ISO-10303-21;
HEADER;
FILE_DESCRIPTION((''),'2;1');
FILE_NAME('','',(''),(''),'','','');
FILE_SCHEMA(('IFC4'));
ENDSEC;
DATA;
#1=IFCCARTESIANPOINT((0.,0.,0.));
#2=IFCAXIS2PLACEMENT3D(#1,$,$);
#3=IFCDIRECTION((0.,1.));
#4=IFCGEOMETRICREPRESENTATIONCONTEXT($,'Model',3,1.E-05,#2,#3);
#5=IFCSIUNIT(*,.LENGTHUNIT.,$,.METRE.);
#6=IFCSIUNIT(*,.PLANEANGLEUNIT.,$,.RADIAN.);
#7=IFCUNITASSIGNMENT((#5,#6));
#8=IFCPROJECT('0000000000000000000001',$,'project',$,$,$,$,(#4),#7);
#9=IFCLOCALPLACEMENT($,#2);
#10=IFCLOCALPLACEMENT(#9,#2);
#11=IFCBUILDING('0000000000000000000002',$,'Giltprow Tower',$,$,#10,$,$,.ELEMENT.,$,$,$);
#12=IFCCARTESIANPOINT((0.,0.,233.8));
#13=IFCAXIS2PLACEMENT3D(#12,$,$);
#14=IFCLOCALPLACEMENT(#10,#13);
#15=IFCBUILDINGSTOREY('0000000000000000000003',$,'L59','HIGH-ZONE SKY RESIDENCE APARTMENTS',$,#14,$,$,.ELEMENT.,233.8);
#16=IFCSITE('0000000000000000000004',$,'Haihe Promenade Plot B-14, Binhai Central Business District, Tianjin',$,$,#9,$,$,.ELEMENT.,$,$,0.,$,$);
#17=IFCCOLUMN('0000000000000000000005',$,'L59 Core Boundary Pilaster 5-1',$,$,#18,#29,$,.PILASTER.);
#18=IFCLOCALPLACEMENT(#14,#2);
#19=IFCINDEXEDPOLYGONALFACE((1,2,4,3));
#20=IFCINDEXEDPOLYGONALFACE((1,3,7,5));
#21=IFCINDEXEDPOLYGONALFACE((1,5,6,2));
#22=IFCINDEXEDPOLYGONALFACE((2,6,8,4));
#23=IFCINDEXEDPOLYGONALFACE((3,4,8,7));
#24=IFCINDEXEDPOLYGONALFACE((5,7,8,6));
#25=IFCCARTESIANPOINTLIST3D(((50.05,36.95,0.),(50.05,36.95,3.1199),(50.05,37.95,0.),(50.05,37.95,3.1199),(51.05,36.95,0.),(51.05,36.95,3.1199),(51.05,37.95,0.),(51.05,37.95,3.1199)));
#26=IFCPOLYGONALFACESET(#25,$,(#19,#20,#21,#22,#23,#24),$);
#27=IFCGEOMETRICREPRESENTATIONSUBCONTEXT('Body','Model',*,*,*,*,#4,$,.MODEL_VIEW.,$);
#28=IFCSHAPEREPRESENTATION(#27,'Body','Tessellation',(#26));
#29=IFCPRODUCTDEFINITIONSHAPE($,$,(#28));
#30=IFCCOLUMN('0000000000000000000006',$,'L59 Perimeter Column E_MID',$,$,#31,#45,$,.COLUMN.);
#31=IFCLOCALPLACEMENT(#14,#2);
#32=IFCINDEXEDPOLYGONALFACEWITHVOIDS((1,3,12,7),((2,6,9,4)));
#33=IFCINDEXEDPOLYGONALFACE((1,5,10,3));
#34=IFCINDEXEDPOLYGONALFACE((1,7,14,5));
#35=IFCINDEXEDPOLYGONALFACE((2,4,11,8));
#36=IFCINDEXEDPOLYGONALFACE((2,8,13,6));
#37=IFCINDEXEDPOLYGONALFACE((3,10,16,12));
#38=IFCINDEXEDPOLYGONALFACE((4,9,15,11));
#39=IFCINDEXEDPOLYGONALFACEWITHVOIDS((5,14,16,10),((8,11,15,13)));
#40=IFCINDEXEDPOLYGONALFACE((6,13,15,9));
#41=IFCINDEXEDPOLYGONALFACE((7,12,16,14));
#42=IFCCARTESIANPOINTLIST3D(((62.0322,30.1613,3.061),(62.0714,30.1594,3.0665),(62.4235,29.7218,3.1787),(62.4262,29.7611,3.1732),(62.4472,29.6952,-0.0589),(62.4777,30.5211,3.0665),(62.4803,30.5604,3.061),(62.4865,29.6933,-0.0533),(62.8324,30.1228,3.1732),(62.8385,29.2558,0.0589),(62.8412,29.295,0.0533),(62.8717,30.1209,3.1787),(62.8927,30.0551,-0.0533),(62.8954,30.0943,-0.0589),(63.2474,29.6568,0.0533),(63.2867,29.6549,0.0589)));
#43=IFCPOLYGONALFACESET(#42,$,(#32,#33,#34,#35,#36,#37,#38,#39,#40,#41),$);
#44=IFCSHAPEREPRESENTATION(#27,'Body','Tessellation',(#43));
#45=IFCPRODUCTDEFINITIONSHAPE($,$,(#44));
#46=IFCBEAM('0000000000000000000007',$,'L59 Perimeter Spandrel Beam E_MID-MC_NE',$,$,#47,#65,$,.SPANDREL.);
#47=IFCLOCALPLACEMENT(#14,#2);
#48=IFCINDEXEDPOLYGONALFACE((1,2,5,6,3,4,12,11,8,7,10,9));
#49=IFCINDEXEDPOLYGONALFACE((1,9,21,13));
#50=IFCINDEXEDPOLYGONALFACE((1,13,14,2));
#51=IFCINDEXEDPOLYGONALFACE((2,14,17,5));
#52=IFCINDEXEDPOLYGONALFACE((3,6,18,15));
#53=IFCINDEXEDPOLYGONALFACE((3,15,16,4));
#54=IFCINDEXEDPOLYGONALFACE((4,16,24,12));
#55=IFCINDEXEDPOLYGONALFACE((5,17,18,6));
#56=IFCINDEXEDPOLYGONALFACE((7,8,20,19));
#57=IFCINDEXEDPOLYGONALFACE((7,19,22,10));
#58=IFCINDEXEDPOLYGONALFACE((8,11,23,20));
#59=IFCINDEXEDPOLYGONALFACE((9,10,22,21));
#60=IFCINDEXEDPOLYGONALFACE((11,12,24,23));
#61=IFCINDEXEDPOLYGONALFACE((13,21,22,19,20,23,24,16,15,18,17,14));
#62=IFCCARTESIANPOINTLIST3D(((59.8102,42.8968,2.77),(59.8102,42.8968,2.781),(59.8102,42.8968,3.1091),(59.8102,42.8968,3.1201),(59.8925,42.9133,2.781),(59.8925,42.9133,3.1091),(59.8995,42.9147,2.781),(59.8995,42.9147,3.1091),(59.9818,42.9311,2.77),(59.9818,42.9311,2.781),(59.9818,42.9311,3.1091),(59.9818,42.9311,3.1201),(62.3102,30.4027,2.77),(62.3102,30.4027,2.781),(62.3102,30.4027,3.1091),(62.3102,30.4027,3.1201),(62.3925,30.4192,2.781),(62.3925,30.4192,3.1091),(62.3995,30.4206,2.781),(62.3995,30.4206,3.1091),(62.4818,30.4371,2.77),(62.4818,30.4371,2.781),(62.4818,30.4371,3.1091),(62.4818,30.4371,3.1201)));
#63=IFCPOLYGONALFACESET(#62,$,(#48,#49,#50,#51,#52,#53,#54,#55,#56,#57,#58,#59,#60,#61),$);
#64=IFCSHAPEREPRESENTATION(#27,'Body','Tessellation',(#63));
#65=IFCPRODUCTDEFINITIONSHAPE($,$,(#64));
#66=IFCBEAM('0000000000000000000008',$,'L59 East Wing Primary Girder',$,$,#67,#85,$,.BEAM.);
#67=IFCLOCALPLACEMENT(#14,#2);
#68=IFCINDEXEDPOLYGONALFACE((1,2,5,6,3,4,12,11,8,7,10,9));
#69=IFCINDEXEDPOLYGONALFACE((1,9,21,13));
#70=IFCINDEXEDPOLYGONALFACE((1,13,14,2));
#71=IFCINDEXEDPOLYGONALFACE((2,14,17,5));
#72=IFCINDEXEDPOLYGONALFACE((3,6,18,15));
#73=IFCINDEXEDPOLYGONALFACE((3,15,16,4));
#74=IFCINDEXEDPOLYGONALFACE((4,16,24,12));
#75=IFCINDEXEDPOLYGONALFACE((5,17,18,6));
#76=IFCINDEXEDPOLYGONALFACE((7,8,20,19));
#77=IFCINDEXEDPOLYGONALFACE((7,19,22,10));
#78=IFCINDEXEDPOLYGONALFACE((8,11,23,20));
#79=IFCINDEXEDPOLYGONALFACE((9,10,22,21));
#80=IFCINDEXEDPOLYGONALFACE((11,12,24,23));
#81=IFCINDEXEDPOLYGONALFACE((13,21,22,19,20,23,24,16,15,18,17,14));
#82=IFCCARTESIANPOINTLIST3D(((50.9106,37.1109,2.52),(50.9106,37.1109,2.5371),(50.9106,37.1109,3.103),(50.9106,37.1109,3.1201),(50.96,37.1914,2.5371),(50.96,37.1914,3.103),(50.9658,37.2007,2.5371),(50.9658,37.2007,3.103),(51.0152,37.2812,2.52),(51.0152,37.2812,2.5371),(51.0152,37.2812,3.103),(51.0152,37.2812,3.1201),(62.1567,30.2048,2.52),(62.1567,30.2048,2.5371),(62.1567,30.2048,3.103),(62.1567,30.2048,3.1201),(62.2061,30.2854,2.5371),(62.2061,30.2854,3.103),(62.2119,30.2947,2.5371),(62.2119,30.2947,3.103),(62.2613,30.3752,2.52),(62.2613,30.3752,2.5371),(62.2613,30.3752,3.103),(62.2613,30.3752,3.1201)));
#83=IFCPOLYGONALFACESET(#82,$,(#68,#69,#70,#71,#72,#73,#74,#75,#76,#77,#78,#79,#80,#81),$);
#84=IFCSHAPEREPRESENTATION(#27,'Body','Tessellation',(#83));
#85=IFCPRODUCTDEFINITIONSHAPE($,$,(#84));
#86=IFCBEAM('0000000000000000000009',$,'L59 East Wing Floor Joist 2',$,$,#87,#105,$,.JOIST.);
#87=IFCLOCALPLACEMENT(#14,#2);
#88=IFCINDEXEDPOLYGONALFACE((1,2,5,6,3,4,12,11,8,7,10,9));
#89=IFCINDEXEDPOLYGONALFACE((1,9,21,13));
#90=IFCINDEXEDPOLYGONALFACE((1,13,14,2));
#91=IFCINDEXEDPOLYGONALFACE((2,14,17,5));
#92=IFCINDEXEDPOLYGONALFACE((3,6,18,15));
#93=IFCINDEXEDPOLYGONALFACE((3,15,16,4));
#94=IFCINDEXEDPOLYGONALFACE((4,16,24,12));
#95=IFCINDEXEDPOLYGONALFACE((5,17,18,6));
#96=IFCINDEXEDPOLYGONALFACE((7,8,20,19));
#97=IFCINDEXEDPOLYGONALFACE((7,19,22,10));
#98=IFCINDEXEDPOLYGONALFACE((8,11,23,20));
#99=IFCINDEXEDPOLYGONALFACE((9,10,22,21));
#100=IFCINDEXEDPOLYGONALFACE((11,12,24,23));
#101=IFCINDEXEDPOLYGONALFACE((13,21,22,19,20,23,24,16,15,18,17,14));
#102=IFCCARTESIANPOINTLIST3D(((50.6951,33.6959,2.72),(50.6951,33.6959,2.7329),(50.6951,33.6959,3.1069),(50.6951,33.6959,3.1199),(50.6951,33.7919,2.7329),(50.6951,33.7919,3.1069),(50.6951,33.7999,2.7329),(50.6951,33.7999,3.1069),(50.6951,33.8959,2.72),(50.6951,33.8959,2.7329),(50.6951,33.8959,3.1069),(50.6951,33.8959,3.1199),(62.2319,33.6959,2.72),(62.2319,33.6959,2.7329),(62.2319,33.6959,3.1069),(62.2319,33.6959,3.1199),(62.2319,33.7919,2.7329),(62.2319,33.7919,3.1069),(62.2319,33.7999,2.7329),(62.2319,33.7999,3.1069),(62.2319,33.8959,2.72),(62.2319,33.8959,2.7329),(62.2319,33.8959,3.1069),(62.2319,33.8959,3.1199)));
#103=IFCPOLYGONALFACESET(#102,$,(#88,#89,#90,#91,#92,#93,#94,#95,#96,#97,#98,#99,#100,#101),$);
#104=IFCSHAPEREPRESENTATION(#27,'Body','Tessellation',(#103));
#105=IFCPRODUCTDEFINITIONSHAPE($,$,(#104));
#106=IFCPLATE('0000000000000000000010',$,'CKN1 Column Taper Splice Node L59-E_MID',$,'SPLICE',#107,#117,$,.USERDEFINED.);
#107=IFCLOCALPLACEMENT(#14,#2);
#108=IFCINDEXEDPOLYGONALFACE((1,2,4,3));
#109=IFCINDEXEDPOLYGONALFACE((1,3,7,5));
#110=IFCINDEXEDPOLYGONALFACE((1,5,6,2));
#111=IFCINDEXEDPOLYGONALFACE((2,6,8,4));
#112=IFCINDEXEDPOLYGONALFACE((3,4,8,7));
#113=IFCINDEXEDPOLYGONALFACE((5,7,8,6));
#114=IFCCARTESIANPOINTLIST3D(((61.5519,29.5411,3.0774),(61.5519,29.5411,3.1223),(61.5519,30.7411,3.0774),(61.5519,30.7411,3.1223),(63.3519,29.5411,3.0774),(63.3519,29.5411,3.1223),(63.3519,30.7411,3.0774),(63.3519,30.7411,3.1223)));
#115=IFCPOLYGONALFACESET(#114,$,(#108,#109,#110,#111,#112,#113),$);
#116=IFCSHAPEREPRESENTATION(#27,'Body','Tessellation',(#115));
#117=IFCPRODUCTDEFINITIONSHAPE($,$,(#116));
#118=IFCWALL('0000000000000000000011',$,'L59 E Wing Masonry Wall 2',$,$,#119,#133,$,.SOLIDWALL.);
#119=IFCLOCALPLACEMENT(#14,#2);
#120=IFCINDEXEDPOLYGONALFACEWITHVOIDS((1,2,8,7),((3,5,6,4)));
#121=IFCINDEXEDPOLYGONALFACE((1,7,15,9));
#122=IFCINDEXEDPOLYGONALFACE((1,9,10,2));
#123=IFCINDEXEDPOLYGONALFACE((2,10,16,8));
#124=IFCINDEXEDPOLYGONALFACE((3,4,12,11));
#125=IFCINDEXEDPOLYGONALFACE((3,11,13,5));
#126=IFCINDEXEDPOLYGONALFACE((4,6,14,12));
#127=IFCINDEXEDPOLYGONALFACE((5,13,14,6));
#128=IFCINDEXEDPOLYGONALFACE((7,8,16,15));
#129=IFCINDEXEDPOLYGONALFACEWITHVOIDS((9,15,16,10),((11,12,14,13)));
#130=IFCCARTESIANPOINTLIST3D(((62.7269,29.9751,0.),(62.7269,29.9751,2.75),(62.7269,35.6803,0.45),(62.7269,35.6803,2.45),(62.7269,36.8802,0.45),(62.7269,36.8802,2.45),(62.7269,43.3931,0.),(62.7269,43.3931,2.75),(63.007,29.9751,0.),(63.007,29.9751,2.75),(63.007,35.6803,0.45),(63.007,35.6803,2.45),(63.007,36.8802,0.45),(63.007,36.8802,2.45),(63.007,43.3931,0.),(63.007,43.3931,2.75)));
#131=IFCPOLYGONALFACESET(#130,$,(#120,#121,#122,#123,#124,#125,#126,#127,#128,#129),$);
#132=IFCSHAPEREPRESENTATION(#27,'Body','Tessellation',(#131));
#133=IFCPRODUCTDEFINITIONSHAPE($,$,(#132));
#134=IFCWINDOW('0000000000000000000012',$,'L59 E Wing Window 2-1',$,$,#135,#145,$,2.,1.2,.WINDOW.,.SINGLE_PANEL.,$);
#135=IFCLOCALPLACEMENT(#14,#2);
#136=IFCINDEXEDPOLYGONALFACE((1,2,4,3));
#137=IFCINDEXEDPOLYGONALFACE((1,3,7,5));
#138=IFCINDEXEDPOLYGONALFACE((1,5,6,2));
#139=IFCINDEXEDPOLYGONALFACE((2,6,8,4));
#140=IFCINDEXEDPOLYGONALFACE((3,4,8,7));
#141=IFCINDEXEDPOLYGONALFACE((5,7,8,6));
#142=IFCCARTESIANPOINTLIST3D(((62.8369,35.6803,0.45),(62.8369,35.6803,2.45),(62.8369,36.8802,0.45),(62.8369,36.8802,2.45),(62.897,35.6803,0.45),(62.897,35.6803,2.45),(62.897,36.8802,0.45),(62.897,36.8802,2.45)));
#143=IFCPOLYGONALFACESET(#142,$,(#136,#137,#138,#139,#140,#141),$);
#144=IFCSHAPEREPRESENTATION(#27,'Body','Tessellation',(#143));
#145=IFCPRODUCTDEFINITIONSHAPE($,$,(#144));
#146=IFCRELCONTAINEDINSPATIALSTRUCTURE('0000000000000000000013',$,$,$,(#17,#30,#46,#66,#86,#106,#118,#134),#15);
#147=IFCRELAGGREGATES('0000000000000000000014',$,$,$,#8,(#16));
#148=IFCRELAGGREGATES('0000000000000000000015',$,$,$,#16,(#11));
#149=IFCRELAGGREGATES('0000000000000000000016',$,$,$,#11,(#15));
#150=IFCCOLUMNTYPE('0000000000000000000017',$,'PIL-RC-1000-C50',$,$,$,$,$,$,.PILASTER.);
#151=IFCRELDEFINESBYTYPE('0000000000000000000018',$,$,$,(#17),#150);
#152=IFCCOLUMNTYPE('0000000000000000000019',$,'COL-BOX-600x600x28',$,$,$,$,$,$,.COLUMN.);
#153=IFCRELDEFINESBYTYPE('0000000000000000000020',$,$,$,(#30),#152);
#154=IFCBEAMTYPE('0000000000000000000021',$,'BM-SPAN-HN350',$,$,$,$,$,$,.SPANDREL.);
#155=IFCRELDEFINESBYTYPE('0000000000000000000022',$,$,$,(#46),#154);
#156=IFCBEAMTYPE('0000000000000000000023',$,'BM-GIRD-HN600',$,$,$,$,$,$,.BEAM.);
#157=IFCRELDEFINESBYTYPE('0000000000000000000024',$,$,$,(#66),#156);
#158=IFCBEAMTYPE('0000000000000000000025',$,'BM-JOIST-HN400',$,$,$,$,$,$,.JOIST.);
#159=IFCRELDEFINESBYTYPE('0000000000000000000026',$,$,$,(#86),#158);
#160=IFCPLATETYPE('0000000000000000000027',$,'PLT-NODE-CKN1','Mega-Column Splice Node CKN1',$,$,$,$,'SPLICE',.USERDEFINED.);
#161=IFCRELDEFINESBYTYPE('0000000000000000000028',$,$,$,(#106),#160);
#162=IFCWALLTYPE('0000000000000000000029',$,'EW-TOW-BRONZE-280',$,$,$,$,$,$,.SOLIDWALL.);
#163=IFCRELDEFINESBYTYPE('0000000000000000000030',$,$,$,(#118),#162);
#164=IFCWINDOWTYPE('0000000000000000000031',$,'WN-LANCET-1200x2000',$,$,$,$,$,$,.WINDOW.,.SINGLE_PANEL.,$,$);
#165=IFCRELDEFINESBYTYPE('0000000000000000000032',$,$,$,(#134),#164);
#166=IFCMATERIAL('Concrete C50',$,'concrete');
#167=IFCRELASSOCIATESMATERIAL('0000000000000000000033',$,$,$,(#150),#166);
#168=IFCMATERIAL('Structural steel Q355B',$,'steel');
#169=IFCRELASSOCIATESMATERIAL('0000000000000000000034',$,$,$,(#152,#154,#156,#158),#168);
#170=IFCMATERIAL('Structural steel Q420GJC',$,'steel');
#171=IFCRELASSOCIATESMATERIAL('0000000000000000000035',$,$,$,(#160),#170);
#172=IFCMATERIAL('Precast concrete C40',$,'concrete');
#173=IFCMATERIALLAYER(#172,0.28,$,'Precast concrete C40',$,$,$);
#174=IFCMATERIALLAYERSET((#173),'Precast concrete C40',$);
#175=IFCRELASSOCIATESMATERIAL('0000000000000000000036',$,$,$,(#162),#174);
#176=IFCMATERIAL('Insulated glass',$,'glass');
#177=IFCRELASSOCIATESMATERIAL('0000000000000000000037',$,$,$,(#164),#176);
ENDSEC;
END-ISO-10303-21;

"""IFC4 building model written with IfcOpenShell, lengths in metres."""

from ifc_helpers import new_model, si_unit, direction, frame, frame_2d, origin, origin_2d, place, context, subcontext, project, spatial, rectangle, hollow_rectangle, i_section, extrude, source, transform, mapped, material, layer, layer_set, material_profile, profile_set, type_object, element, fill, save


model = new_model("IFC4")

# Units and contexts
model_context = context("Model", 3, precision=1e-05, world=origin(), true_north=direction((0.0, 1.0)))
body_context = subcontext(model_context, "Body", "Model", "MODEL_VIEW")
ifc_project = project(units=[si_unit("LENGTHUNIT", "METRE"), si_unit("PLANEANGLEUNIT", "RADIAN")], contexts=[model_context])

# Site, building, storey
site_placement = place(None, origin())
site = spatial("IfcSite", under=ifc_project, at=site_placement, Name="Haihe Promenade Plot B-14, Binhai Central Business District, Tianjin", CompositionType="ELEMENT", RefElevation=0.0)
building_placement = place(site_placement, origin())
building = spatial("IfcBuilding", under=site, at=building_placement, Name="Giltprow Tower", CompositionType="ELEMENT")
storey_placement = place(building_placement, frame((0.0, 0.0, 233.8)))
storey = spatial("IfcBuildingStorey", under=building, at=storey_placement, Name="L59", Description="HIGH-ZONE SKY RESIDENCE APARTMENTS", CompositionType="ELEMENT", Elevation=233.8)

# Columns
ifc_material_1 = material(Name="Concrete C50", Category="concrete")
ifc_material_profile_1 = material_profile(ifc_material_1, rectangle(XDim=1.0, YDim=1.0, at=origin_2d()), Name="RC 1000x1000")
ifc_profile_set_1 = profile_set([ifc_material_profile_1], Name="Concrete C50")
column_type_1 = type_object("IfcColumnType", Name="PIL-RC-1000-C50", PredefinedType="PILASTER", material=ifc_profile_set_1)
shared_shape_1 = source(origin(), body_context, "Body", "SweptSolid", [
    extrude(rectangle(XDim=1.0, YDim=1.0, at=origin_2d()), origin(), (0.0, 0.0, 1.0), 3.1199),
])
column_1_placement = place(storey_placement, frame((50.55, 37.45, 0.0), z_axis=(0.0, 0.0, 1.0), x_axis=(1.0, 0.0, 0.0)))
element("IfcColumn", 1, at=column_1_placement, inside=storey, type_object=column_type_1, Name="L59 Core Boundary Pilaster 5-1", PredefinedType="PILASTER", context=body_context, shape_type="MappedRepresentation", body=[
    mapped(shared_shape_1, transform((0.0, 0.0, 0.0), x_axis=(1.0, 0.0, 0.0), y_axis=(0.0, 1.0, 0.0), z_axis=(0.0, 0.0, 1.0), scale=1.0)),
])
ifc_material_2 = material(Name="Structural steel Q355B", Category="steel")
ifc_material_profile_2 = material_profile(ifc_material_2, hollow_rectangle(XDim=0.6001, YDim=0.6001, WallThickness=0.0281, at=origin_2d()), Name="BOX 600x600x28")
ifc_profile_set_2 = profile_set([ifc_material_profile_2], Name="Structural steel Q355B")
column_type_2 = type_object("IfcColumnType", Name="COL-BOX-600x600x28", PredefinedType="COLUMN", material=ifc_profile_set_2)
shared_shape_2 = source(origin(), body_context, "Body", "SweptSolid", [
    extrude(hollow_rectangle(XDim=0.6001, YDim=0.6001, WallThickness=0.0281, at=origin_2d()), origin(), (0.0, 0.0, 1.0), 3.1816),
])
column_2_placement = place(storey_placement, frame((62.8669, 29.675, 0.0), z_axis=(-0.130447, 0.146484, 0.980574), x_axis=(-0.746805, -0.665043, 0.0)))
element("IfcColumn", 2, at=column_2_placement, inside=storey, type_object=column_type_2, Name="L59 Perimeter Column E_MID", PredefinedType="COLUMN", context=body_context, shape_type="MappedRepresentation", body=[
    mapped(shared_shape_2, transform((0.0, 0.0, 0.0), x_axis=(1.0, 0.0, 0.0), y_axis=(0.0, 1.0, 0.0), z_axis=(0.0, 0.0, 1.0), scale=1.0)),
])

# Beams
ifc_material_profile_3 = material_profile(ifc_material_2, i_section(OverallWidth=0.175, OverallDepth=0.3501, WebThickness=0.0071, FlangeThickness=0.011, at=origin_2d()), Name="HN 350x175x7x11")
ifc_profile_set_3 = profile_set([ifc_material_profile_3], Name="Structural steel Q355B")
beam_type_1 = type_object("IfcBeamType", Name="BM-SPAN-HN350", PredefinedType="SPANDREL", material=ifc_profile_set_3)
shared_shape_3 = source(origin(), body_context, "Body", "SweptSolid", [
    extrude(i_section(OverallWidth=0.175, OverallDepth=0.3501, WebThickness=0.0071, FlangeThickness=0.011, at=origin_2d()), origin(), (0.0, 0.0, 1.0), 12.7417),
])
beam_1_placement = place(storey_placement, frame((62.396, 30.4199, 2.9451), z_axis=(-0.196205, 0.980563, 0.0), x_axis=(-0.980563, -0.196205, 0.0)))
element("IfcBeam", 3, at=beam_1_placement, inside=storey, type_object=beam_type_1, Name="L59 Perimeter Spandrel Beam E_MID-MC_NE", PredefinedType="SPANDREL", context=body_context, shape_type="MappedRepresentation", body=[
    mapped(shared_shape_3, transform((0.0, 0.0, 0.0), x_axis=(1.0, 0.0, 0.0), y_axis=(0.0, 1.0, 0.0), z_axis=(0.0, 0.0, 1.0), scale=1.0)),
])
ifc_material_profile_4 = material_profile(ifc_material_2, i_section(OverallWidth=0.2, OverallDepth=0.6001, WebThickness=0.011, FlangeThickness=0.0171, at=origin_2d()), Name="HN 600x200x11x17")
ifc_profile_set_4 = profile_set([ifc_material_profile_4], Name="Structural steel Q355B")
beam_type_2 = type_object("IfcBeamType", Name="BM-GIRD-HN600", PredefinedType="BEAM", material=ifc_profile_set_4)
shared_shape_4 = source(origin(), body_context, "Body", "SweptSolid", [
    extrude(i_section(OverallWidth=0.2, OverallDepth=0.6001, WebThickness=0.011, FlangeThickness=0.0171, at=origin_2d()), origin(), (0.0, 0.0, 1.0), 13.1973),
])
beam_2_placement = place(storey_placement, frame((62.209, 30.29, 2.8201), z_axis=(-0.852154, 0.523291, 0.0), x_axis=(-0.523291, -0.852154, 0.0)))
element("IfcBeam", 4, at=beam_2_placement, inside=storey, type_object=beam_type_2, Name="L59 East Wing Primary Girder", PredefinedType="BEAM", context=body_context, shape_type="MappedRepresentation", body=[
    mapped(shared_shape_4, transform((0.0, 0.0, 0.0), x_axis=(1.0, 0.0, 0.0), y_axis=(0.0, 1.0, 0.0), z_axis=(0.0, 0.0, 1.0), scale=1.0)),
])
ifc_material_profile_5 = material_profile(ifc_material_2, i_section(OverallWidth=0.2, OverallDepth=0.3999, WebThickness=0.0081, FlangeThickness=0.0129, at=origin_2d()), Name="HN 400x200x8x13")
ifc_profile_set_5 = profile_set([ifc_material_profile_5], Name="Structural steel Q355B")
beam_type_3 = type_object("IfcBeamType", Name="BM-JOIST-HN400", PredefinedType="JOIST", material=ifc_profile_set_5)
shared_shape_5 = source(origin(), body_context, "Body", "SweptSolid", [
    extrude(i_section(OverallWidth=0.2, OverallDepth=0.3999, WebThickness=0.0081, FlangeThickness=0.0129, at=origin_2d()), origin(), (0.0, 0.0, 1.0), 11.5369),
])
beam_3_placement = place(storey_placement, frame((50.6951, 33.7959, 2.9199), z_axis=(1.0, 0.0, 0.0), x_axis=(0.0, 1.0, 0.0)))
element("IfcBeam", 5, at=beam_3_placement, inside=storey, type_object=beam_type_3, Name="L59 East Wing Floor Joist 2", PredefinedType="JOIST", context=body_context, shape_type="MappedRepresentation", body=[
    mapped(shared_shape_5, transform((0.0, 0.0, 0.0), x_axis=(1.0, 0.0, 0.0), y_axis=(0.0, 1.0, 0.0), z_axis=(0.0, 0.0, 1.0), scale=1.0)),
])

# Plate
ifc_material_3 = material(Name="Structural steel Q420GJC", Category="steel")
plate_type = type_object("IfcPlateType", Name="PLT-NODE-CKN1", Description="Mega-Column Splice Node CKN1", ElementType="SPLICE", PredefinedType="USERDEFINED", material=ifc_material_3)
shared_shape_6 = source(origin(), body_context, "Body", "SweptSolid", [
    extrude(rectangle(XDim=1.8, YDim=1.2, at=origin_2d()), origin(), (0.0, 0.0, 1.0), 0.0449),
])
plate_placement = place(storey_placement, frame((62.4519, 30.1411, 3.0774), z_axis=(0.0, 0.0, 1.0), x_axis=(1.0, 0.0, 0.0)))
element("IfcPlate", 6, at=plate_placement, inside=storey, type_object=plate_type, Name="CKN1 Column Taper Splice Node L59-E_MID", ObjectType="SPLICE", PredefinedType="USERDEFINED", context=body_context, shape_type="MappedRepresentation", body=[
    mapped(shared_shape_6, transform((0.0, 0.0, 0.0), x_axis=(1.0, 0.0, 0.0), y_axis=(0.0, 1.0, 0.0), z_axis=(0.0, 0.0, 1.0), scale=1.0)),
])

# Wall, opening, window
ifc_material_4 = material(Name="Precast concrete C40", Category="concrete")
ifc_layer_1 = layer(ifc_material_4, 0.28, Name="Precast concrete C40")
ifc_layer_set_1 = layer_set([ifc_layer_1], Name="Precast concrete C40")
wall_type_1 = type_object("IfcWallType", Name="EW-TOW-BRONZE-280", PredefinedType="SOLIDWALL", material=ifc_layer_set_1)
wall_1_placement = place(storey_placement, frame((62.8669, 29.9751, 0.0), z_axis=(0.0, 0.0, 1.0), x_axis=(0.0, 1.0, 0.0)))
wall_1 = element("IfcWall", 7, at=wall_1_placement, inside=storey, type_object=wall_type_1, Name="L59 E Wing Masonry Wall 2", PredefinedType="SOLIDWALL", context=body_context, shape_type="SweptSolid", body=[
    extrude(rectangle(XDim=13.418, YDim=0.28, at=frame_2d((6.709, 0.0))), origin(), (0.0, 0.0, 1.0), 2.75),
])
opening_1_placement = place(wall_1_placement, frame((5.7051, 0.0, 0.45)))
opening_1 = element("IfcOpeningElement", 8, at=opening_1_placement, cuts=wall_1, PredefinedType="OPENING", context=body_context, shape_type="SweptSolid", body=[
    extrude(rectangle(XDim=1.2, YDim=2.0, at=frame_2d((0.6001, 1.0))), frame((0.0, 0.1499, 0.0), z_axis=(0.0, -1.0, 0.0), x_axis=(1.0, 0.0, 0.0)), (0.0, 0.0, 1.0), 0.3),
])
ifc_material_5 = material(Name="Insulated glass", Category="glass")
window_type = type_object("IfcWindowType", Name="WN-LANCET-1200x2000", PartitioningType="SINGLE_PANEL", PredefinedType="WINDOW", material=ifc_material_5)
shared_shape_7 = source(origin(), body_context, "Body", "SweptSolid", [
    extrude(rectangle(XDim=1.2, YDim=2.0, at=frame_2d((0.6001, 1.0))), frame((0.0, 0.03, 0.0), z_axis=(0.0, -1.0, 0.0), x_axis=(1.0, 0.0, 0.0)), (0.0, 0.0, 1.0), 0.0601),
])
window_placement = place(opening_1_placement, origin())
window = element("IfcWindow", 9, at=window_placement, inside=storey, type_object=window_type, Name="L59 E Wing Window 2-1", OverallHeight=2.0, OverallWidth=1.2, PartitioningType="SINGLE_PANEL", PredefinedType="WINDOW", context=body_context, shape_type="MappedRepresentation", body=[
    mapped(shared_shape_7, transform((0.0, 0.0, 0.0), x_axis=(1.0, 0.0, 0.0), y_axis=(0.0, 1.0, 0.0), z_axis=(0.0, 0.0, 1.0), scale=1.0)),
])
fill(opening_1, window)

save(model, "model.ifc")
